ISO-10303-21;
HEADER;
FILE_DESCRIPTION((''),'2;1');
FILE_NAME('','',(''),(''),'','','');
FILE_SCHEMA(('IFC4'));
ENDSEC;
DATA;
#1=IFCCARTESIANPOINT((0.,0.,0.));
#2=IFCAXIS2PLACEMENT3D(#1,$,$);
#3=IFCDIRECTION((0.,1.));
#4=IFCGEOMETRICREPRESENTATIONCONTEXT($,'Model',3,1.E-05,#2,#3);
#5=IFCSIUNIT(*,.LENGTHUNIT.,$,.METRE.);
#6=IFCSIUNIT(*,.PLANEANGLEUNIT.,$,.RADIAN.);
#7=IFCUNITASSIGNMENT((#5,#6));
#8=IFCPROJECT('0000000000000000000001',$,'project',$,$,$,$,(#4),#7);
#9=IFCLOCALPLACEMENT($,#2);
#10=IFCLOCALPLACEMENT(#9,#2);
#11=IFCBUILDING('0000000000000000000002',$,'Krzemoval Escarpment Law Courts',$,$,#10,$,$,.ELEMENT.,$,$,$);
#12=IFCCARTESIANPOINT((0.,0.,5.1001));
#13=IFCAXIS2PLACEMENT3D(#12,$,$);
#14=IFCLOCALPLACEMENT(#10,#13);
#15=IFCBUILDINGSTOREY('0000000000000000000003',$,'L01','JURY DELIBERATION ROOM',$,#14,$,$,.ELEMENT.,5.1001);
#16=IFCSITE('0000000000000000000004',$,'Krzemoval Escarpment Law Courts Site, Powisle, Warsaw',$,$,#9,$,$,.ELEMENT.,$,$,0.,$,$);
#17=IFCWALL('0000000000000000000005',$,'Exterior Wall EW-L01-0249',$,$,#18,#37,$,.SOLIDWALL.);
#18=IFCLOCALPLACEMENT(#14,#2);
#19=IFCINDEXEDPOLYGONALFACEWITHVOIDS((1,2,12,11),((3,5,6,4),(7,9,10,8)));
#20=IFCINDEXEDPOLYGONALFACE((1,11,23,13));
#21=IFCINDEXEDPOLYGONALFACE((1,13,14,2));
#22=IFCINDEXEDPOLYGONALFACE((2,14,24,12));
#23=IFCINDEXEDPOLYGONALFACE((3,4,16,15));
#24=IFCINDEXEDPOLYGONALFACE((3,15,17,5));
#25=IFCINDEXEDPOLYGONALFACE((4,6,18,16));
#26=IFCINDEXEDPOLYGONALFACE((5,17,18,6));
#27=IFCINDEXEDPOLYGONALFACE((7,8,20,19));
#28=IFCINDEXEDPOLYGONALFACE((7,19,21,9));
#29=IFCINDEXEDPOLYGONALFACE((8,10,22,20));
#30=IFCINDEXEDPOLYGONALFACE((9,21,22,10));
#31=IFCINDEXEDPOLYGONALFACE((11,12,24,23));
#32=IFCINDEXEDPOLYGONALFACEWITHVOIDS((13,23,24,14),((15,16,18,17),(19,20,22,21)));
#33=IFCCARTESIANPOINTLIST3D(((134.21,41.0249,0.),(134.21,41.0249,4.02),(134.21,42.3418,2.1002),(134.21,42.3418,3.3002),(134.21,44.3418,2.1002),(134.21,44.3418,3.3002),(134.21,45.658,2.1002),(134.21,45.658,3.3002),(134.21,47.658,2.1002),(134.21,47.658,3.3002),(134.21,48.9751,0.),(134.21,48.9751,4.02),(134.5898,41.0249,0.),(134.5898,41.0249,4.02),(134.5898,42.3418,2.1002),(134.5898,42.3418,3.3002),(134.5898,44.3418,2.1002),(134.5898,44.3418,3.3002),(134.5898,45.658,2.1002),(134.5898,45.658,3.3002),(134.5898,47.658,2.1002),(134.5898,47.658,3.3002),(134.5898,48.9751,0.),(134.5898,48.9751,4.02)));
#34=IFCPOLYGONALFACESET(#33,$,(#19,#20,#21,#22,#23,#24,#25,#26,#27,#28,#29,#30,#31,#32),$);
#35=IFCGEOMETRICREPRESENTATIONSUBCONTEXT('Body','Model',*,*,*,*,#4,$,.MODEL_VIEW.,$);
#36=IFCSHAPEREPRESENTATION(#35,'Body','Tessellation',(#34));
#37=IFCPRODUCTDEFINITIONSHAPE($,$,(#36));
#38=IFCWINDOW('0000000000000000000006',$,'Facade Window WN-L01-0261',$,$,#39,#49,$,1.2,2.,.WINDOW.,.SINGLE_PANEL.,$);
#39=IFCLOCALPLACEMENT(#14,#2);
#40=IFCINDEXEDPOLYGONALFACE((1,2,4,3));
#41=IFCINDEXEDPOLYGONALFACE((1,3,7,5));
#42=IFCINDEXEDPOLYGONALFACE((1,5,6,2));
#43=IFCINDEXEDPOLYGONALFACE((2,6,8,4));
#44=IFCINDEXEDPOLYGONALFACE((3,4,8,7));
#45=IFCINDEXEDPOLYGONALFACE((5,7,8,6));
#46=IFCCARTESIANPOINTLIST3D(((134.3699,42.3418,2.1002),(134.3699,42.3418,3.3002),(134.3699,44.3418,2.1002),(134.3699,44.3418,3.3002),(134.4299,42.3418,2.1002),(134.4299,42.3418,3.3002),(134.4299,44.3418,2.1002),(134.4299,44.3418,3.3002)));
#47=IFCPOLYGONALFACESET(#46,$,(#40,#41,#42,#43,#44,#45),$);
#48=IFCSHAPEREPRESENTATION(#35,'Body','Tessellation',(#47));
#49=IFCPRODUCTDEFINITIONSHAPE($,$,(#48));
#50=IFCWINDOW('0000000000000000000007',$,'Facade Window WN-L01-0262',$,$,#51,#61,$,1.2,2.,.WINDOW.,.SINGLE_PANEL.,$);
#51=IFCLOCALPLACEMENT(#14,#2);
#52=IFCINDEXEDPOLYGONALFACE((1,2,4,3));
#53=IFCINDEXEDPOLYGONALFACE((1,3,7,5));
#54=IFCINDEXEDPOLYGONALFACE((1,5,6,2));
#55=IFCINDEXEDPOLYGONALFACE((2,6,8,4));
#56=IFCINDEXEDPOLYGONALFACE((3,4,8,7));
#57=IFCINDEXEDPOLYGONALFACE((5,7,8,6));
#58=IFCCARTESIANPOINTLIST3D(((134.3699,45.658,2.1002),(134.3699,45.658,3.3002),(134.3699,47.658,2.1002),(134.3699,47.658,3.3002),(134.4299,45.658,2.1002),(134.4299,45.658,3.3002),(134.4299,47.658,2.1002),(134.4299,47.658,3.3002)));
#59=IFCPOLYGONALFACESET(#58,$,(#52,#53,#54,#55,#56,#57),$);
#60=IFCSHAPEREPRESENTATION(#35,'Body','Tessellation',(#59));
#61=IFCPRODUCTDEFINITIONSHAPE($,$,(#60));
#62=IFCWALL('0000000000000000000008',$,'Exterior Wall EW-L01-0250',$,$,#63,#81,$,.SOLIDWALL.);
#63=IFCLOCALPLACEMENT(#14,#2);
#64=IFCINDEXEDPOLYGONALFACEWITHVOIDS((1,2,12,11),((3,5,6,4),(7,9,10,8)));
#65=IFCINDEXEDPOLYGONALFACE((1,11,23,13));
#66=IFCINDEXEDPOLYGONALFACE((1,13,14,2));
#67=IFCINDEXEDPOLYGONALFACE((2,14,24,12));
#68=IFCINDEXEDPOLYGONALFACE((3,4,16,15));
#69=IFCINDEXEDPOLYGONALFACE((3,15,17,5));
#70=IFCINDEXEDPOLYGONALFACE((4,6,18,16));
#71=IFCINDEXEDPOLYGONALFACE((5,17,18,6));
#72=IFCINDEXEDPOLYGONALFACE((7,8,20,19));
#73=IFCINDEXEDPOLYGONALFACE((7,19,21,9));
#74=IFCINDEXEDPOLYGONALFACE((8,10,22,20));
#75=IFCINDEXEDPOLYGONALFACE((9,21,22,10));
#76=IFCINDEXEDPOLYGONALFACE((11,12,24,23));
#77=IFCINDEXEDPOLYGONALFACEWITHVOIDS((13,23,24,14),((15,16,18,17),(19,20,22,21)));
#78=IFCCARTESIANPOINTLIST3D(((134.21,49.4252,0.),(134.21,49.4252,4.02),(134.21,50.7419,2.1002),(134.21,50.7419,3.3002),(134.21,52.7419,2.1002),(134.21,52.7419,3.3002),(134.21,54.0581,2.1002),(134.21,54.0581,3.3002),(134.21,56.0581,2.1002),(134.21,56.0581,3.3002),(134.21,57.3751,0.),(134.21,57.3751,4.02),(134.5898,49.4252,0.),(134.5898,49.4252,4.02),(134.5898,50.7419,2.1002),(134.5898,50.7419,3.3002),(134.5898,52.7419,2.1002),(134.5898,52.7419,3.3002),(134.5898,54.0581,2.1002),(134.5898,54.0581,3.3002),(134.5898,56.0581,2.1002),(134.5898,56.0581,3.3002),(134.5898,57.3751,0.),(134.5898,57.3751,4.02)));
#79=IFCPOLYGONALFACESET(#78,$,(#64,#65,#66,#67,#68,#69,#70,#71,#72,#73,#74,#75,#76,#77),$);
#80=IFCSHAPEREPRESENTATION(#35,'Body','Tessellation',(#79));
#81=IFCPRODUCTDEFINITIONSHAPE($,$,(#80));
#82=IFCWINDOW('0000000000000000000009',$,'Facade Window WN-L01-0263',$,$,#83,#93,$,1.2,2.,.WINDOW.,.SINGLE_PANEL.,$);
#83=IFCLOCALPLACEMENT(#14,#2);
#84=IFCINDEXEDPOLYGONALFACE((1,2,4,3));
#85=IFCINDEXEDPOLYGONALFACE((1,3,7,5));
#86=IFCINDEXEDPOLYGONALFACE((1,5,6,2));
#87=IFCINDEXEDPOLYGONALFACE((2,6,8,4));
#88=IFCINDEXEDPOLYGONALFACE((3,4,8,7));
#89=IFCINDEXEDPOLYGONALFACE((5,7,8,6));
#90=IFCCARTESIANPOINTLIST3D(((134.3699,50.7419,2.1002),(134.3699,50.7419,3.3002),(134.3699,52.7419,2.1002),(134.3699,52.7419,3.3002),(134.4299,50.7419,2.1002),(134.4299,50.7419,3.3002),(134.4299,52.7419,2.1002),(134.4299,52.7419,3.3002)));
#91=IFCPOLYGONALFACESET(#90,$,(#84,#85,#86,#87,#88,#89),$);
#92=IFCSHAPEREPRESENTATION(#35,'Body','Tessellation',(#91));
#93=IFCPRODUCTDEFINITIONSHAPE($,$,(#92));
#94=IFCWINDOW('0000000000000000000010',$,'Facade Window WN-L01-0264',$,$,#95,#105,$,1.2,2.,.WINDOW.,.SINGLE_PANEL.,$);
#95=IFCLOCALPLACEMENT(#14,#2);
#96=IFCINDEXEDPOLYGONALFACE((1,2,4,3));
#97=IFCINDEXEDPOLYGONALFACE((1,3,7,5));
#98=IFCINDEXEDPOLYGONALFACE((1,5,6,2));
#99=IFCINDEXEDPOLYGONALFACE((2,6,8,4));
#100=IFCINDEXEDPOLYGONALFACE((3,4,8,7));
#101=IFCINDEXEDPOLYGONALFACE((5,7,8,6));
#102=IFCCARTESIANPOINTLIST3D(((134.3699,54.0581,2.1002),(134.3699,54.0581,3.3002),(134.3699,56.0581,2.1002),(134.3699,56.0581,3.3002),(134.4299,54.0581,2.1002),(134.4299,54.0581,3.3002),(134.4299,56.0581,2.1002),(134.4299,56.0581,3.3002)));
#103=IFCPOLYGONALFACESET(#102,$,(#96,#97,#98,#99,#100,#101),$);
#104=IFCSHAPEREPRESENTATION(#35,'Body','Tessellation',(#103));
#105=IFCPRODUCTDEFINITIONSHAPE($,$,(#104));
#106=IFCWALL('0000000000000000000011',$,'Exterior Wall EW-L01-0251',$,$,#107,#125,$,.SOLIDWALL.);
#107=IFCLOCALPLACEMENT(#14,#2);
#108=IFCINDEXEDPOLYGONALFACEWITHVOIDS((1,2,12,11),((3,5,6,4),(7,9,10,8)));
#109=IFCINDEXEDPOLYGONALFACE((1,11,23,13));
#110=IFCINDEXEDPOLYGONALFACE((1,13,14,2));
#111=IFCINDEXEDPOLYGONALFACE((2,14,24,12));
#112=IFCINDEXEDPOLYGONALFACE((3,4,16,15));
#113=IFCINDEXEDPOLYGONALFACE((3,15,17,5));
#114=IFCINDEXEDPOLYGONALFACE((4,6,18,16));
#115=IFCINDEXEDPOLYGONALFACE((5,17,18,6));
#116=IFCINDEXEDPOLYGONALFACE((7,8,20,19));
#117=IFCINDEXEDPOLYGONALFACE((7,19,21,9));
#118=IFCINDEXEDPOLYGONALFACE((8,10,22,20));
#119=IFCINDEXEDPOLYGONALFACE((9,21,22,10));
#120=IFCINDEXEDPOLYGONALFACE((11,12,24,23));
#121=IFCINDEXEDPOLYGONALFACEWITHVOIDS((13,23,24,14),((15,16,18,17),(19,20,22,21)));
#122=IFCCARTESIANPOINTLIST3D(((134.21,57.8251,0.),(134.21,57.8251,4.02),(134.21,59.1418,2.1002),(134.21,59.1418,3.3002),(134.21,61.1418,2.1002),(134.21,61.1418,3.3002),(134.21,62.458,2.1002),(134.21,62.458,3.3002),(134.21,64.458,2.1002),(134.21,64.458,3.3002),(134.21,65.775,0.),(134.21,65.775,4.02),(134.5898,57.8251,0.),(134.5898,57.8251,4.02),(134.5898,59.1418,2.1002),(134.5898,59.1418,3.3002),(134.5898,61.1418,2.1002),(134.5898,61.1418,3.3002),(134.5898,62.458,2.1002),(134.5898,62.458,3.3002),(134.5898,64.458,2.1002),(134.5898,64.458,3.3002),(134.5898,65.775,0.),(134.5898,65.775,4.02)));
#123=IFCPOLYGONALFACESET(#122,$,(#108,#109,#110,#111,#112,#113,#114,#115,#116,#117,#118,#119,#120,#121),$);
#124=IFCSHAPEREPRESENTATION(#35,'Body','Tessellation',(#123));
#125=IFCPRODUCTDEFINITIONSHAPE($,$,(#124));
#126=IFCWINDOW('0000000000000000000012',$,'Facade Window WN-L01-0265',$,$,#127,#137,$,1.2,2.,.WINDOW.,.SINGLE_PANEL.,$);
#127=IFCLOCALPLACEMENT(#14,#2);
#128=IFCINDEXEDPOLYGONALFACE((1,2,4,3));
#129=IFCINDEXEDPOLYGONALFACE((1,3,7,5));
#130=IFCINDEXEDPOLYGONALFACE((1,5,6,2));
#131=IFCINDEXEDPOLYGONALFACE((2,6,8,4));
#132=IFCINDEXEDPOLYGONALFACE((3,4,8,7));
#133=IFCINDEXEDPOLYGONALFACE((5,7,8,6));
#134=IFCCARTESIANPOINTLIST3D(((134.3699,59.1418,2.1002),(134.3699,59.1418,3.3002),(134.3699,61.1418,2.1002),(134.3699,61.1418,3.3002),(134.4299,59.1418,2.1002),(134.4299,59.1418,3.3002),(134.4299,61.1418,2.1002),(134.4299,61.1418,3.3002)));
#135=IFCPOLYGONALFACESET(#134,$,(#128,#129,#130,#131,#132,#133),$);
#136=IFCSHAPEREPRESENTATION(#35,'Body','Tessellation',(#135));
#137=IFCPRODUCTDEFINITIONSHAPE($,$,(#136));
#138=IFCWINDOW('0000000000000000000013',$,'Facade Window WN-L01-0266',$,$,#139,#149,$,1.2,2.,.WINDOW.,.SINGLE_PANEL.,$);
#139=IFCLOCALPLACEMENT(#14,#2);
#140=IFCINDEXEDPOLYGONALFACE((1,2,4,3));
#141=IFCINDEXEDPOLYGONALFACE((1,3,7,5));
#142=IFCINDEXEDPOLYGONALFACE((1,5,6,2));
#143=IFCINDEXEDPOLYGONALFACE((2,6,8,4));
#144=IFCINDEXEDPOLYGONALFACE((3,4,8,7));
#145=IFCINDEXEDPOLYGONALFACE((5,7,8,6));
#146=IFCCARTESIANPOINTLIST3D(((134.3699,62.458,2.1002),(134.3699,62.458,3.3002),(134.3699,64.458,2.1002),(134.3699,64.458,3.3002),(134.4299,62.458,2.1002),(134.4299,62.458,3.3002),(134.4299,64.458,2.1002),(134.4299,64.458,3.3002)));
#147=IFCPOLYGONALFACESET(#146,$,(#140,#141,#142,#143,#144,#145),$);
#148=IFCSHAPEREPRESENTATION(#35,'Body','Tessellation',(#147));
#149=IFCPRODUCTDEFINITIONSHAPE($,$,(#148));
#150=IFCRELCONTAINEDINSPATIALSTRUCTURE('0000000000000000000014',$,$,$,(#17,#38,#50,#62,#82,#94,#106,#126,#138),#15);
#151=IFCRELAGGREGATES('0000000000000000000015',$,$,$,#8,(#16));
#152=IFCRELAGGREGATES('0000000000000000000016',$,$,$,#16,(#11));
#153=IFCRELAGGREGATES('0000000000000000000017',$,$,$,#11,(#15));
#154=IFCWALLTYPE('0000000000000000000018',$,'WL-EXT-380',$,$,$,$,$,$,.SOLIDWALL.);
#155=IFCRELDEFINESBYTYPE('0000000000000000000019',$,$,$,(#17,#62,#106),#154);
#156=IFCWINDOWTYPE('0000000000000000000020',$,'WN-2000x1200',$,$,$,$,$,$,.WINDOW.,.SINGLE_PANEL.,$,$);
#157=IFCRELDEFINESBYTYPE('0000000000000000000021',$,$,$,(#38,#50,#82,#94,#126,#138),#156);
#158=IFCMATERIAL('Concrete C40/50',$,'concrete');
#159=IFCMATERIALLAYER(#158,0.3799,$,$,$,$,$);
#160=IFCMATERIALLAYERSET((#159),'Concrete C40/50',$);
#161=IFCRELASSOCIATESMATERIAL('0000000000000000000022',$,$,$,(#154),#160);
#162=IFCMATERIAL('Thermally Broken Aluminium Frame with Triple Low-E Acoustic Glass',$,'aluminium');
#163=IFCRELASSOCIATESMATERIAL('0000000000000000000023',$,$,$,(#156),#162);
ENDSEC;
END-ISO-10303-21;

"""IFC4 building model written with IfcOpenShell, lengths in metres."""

from ifc_helpers import new_model, si_unit, direction, frame, frame_2d, origin, place, context, subcontext, project, spatial, rectangle, extrude, material, layer, layer_set, type_object, element, fill, save


model = new_model("IFC4")

# Units and contexts
model_context = context("Model", 3, precision=1e-05, world=origin(), true_north=direction((0.0, 1.0)))
body_context = subcontext(model_context, "Body", "Model", "MODEL_VIEW")
ifc_project = project(units=[si_unit("LENGTHUNIT", "METRE"), si_unit("PLANEANGLEUNIT", "RADIAN")], contexts=[model_context])

# Site, building, storey
site_placement = place(None, origin())
site = spatial("IfcSite", under=ifc_project, at=site_placement, Name="Krzemoval Escarpment Law Courts Site, Powisle, Warsaw", CompositionType="ELEMENT", RefElevation=0.0)
building_placement = place(site_placement, origin())
building = spatial("IfcBuilding", under=site, at=building_placement, Name="Krzemoval Escarpment Law Courts", CompositionType="ELEMENT")
storey_placement = place(building_placement, frame((0.0, 0.0, 5.1001)))
storey = spatial("IfcBuildingStorey", under=building, at=storey_placement, Name="L01", Description="JURY DELIBERATION ROOM", CompositionType="ELEMENT", Elevation=5.1001)

# Walls, openings, windows
ifc_material_1 = material(Name="Concrete C40/50", Category="concrete")
ifc_layer = layer(ifc_material_1, 0.3799)
ifc_layer_set = layer_set([ifc_layer], Name="Concrete C40/50")
wall_type = type_object("IfcWallType", Name="WL-EXT-380", PredefinedType="SOLIDWALL", material=ifc_layer_set)
wall_1_placement = place(storey_placement, frame((134.3999, 41.0249, 0.0), z_axis=(0.0, 0.0, 1.0), x_axis=(0.0, 1.0, 0.0)))
wall_1 = element("IfcWall", 1, at=wall_1_placement, inside=storey, type_object=wall_type, Name="Exterior Wall EW-L01-0249", PredefinedType="SOLIDWALL", context=body_context, shape_type="SweptSolid", body=[
    extrude(rectangle(XDim=7.9502, YDim=0.3799, at=frame_2d((3.9751, 0.0))), origin(), (0.0, 0.0, 1.0), 4.02),
])
opening_1_placement = place(wall_1_placement, frame((1.3169, 0.0, 2.1001)))
opening_1 = element("IfcOpeningElement", 2, at=opening_1_placement, cuts=wall_1, PredefinedType="OPENING", context=body_context, shape_type="SweptSolid", body=[
    extrude(rectangle(XDim=2.0, YDim=1.2, at=frame_2d((1.0, 0.6001))), frame((0.0, 0.2049, 0.0), z_axis=(0.0, -1.0, 0.0), x_axis=(1.0, 0.0, 0.0)), (0.0, 0.0, 1.0), 0.4099),
])
opening_2_placement = place(wall_1_placement, frame((4.6331, 0.0, 2.1001)))
opening_2 = element("IfcOpeningElement", 3, at=opening_2_placement, cuts=wall_1, PredefinedType="OPENING", context=body_context, shape_type="SweptSolid", body=[
    extrude(rectangle(XDim=2.0, YDim=1.2, at=frame_2d((1.0, 0.6001))), frame((0.0, 0.2049, 0.0), z_axis=(0.0, -1.0, 0.0), x_axis=(1.0, 0.0, 0.0)), (0.0, 0.0, 1.0), 0.4099),
])
ifc_material_2 = material(Name="Thermally Broken Aluminium Frame with Triple Low-E Acoustic Glass", Category="aluminium")
window_type = type_object("IfcWindowType", Name="WN-2000x1200", PartitioningType="SINGLE_PANEL", PredefinedType="WINDOW", material=ifc_material_2)
window_1_placement = place(opening_1_placement, origin())
window_1 = element("IfcWindow", 4, at=window_1_placement, inside=storey, type_object=window_type, Name="Facade Window WN-L01-0261", OverallHeight=1.2, OverallWidth=2.0, PartitioningType="SINGLE_PANEL", PredefinedType="WINDOW", context=body_context, shape_type="SweptSolid", body=[
    extrude(rectangle(XDim=2.0, YDim=1.2, at=frame_2d((1.0, 0.6001))), frame((0.0, 0.03, 0.0), z_axis=(0.0, -1.0, 0.0), x_axis=(1.0, 0.0, 0.0)), (0.0, 0.0, 1.0), 0.0601),
])
fill(opening_1, window_1)
window_2_placement = place(opening_2_placement, origin())
window_2 = element("IfcWindow", 5, at=window_2_placement, inside=storey, type_object=window_type, Name="Facade Window WN-L01-0262", OverallHeight=1.2, OverallWidth=2.0, PartitioningType="SINGLE_PANEL", PredefinedType="WINDOW", context=body_context, shape_type="SweptSolid", body=[
    extrude(rectangle(XDim=2.0, YDim=1.2, at=frame_2d((1.0, 0.6001))), frame((0.0, 0.03, 0.0), z_axis=(0.0, -1.0, 0.0), x_axis=(1.0, 0.0, 0.0)), (0.0, 0.0, 1.0), 0.0601),
])
fill(opening_2, window_2)
wall_2_placement = place(storey_placement, frame((134.3999, 49.425, 0.0), z_axis=(0.0, 0.0, 1.0), x_axis=(0.0, 1.0, 0.0)))
wall_2 = element("IfcWall", 6, at=wall_2_placement, inside=storey, type_object=wall_type, Name="Exterior Wall EW-L01-0250", PredefinedType="SOLIDWALL", context=body_context, shape_type="SweptSolid", body=[
    extrude(rectangle(XDim=7.95, YDim=0.3799, at=frame_2d((3.9751, 0.0))), origin(), (0.0, 0.0, 1.0), 4.02),
])
opening_3_placement = place(wall_2_placement, frame((1.3169, 0.0, 2.1001)))
opening_3 = element("IfcOpeningElement", 7, at=opening_3_placement, cuts=wall_2, PredefinedType="OPENING", context=body_context, shape_type="SweptSolid", body=[
    extrude(rectangle(XDim=2.0, YDim=1.2, at=frame_2d((1.0, 0.6001))), frame((0.0, 0.2049, 0.0), z_axis=(0.0, -1.0, 0.0), x_axis=(1.0, 0.0, 0.0)), (0.0, 0.0, 1.0), 0.4099),
])
opening_4_placement = place(wall_2_placement, frame((4.6331, 0.0, 2.1001)))
opening_4 = element("IfcOpeningElement", 8, at=opening_4_placement, cuts=wall_2, PredefinedType="OPENING", context=body_context, shape_type="SweptSolid", body=[
    extrude(rectangle(XDim=2.0, YDim=1.2, at=frame_2d((1.0, 0.6001))), frame((0.0, 0.2049, 0.0), z_axis=(0.0, -1.0, 0.0), x_axis=(1.0, 0.0, 0.0)), (0.0, 0.0, 1.0), 0.4099),
])
window_3_placement = place(opening_3_placement, origin())
window_3 = element("IfcWindow", 9, at=window_3_placement, inside=storey, type_object=window_type, Name="Facade Window WN-L01-0263", OverallHeight=1.2, OverallWidth=2.0, PartitioningType="SINGLE_PANEL", PredefinedType="WINDOW", context=body_context, shape_type="SweptSolid", body=[
    extrude(rectangle(XDim=2.0, YDim=1.2, at=frame_2d((1.0, 0.6001))), frame((0.0, 0.03, 0.0), z_axis=(0.0, -1.0, 0.0), x_axis=(1.0, 0.0, 0.0)), (0.0, 0.0, 1.0), 0.0601),
])
fill(opening_3, window_3)
window_4_placement = place(opening_4_placement, origin())
window_4 = element("IfcWindow", 10, at=window_4_placement, inside=storey, type_object=window_type, Name="Facade Window WN-L01-0264", OverallHeight=1.2, OverallWidth=2.0, PartitioningType="SINGLE_PANEL", PredefinedType="WINDOW", context=body_context, shape_type="SweptSolid", body=[
    extrude(rectangle(XDim=2.0, YDim=1.2, at=frame_2d((1.0, 0.6001))), frame((0.0, 0.03, 0.0), z_axis=(0.0, -1.0, 0.0), x_axis=(1.0, 0.0, 0.0)), (0.0, 0.0, 1.0), 0.0601),
])
fill(opening_4, window_4)
wall_3_placement = place(storey_placement, frame((134.3999, 57.825, 0.0), z_axis=(0.0, 0.0, 1.0), x_axis=(0.0, 1.0, 0.0)))
wall_3 = element("IfcWall", 11, at=wall_3_placement, inside=storey, type_object=wall_type, Name="Exterior Wall EW-L01-0251", PredefinedType="SOLIDWALL", context=body_context, shape_type="SweptSolid", body=[
    extrude(rectangle(XDim=7.95, YDim=0.3799, at=frame_2d((3.9751, 0.0))), origin(), (0.0, 0.0, 1.0), 4.02),
])
opening_5_placement = place(wall_3_placement, frame((1.3169, 0.0, 2.1001)))
opening_5 = element("IfcOpeningElement", 12, at=opening_5_placement, cuts=wall_3, PredefinedType="OPENING", context=body_context, shape_type="SweptSolid", body=[
    extrude(rectangle(XDim=2.0, YDim=1.2, at=frame_2d((1.0, 0.6001))), frame((0.0, 0.2049, 0.0), z_axis=(0.0, -1.0, 0.0), x_axis=(1.0, 0.0, 0.0)), (0.0, 0.0, 1.0), 0.4099),
])
opening_6_placement = place(wall_3_placement, frame((4.6331, 0.0, 2.1001)))
opening_6 = element("IfcOpeningElement", 13, at=opening_6_placement, cuts=wall_3, PredefinedType="OPENING", context=body_context, shape_type="SweptSolid", body=[
    extrude(rectangle(XDim=2.0, YDim=1.2, at=frame_2d((1.0, 0.6001))), frame((0.0, 0.2049, 0.0), z_axis=(0.0, -1.0, 0.0), x_axis=(1.0, 0.0, 0.0)), (0.0, 0.0, 1.0), 0.4099),
])
window_5_placement = place(opening_5_placement, origin())
window_5 = element("IfcWindow", 14, at=window_5_placement, inside=storey, type_object=window_type, Name="Facade Window WN-L01-0265", OverallHeight=1.2, OverallWidth=2.0, PartitioningType="SINGLE_PANEL", PredefinedType="WINDOW", context=body_context, shape_type="SweptSolid", body=[
    extrude(rectangle(XDim=2.0, YDim=1.2, at=frame_2d((1.0, 0.6001))), frame((0.0, 0.03, 0.0), z_axis=(0.0, -1.0, 0.0), x_axis=(1.0, 0.0, 0.0)), (0.0, 0.0, 1.0), 0.0601),
])
fill(opening_5, window_5)
window_6_placement = place(opening_6_placement, origin())
window_6 = element("IfcWindow", 15, at=window_6_placement, inside=storey, type_object=window_type, Name="Facade Window WN-L01-0266", OverallHeight=1.2, OverallWidth=2.0, PartitioningType="SINGLE_PANEL", PredefinedType="WINDOW", context=body_context, shape_type="SweptSolid", body=[
    extrude(rectangle(XDim=2.0, YDim=1.2, at=frame_2d((1.0, 0.6001))), frame((0.0, 0.03, 0.0), z_axis=(0.0, -1.0, 0.0), x_axis=(1.0, 0.0, 0.0)), (0.0, 0.0, 1.0), 0.0601),
])
fill(opening_6, window_6)

save(model, "model.ifc")
